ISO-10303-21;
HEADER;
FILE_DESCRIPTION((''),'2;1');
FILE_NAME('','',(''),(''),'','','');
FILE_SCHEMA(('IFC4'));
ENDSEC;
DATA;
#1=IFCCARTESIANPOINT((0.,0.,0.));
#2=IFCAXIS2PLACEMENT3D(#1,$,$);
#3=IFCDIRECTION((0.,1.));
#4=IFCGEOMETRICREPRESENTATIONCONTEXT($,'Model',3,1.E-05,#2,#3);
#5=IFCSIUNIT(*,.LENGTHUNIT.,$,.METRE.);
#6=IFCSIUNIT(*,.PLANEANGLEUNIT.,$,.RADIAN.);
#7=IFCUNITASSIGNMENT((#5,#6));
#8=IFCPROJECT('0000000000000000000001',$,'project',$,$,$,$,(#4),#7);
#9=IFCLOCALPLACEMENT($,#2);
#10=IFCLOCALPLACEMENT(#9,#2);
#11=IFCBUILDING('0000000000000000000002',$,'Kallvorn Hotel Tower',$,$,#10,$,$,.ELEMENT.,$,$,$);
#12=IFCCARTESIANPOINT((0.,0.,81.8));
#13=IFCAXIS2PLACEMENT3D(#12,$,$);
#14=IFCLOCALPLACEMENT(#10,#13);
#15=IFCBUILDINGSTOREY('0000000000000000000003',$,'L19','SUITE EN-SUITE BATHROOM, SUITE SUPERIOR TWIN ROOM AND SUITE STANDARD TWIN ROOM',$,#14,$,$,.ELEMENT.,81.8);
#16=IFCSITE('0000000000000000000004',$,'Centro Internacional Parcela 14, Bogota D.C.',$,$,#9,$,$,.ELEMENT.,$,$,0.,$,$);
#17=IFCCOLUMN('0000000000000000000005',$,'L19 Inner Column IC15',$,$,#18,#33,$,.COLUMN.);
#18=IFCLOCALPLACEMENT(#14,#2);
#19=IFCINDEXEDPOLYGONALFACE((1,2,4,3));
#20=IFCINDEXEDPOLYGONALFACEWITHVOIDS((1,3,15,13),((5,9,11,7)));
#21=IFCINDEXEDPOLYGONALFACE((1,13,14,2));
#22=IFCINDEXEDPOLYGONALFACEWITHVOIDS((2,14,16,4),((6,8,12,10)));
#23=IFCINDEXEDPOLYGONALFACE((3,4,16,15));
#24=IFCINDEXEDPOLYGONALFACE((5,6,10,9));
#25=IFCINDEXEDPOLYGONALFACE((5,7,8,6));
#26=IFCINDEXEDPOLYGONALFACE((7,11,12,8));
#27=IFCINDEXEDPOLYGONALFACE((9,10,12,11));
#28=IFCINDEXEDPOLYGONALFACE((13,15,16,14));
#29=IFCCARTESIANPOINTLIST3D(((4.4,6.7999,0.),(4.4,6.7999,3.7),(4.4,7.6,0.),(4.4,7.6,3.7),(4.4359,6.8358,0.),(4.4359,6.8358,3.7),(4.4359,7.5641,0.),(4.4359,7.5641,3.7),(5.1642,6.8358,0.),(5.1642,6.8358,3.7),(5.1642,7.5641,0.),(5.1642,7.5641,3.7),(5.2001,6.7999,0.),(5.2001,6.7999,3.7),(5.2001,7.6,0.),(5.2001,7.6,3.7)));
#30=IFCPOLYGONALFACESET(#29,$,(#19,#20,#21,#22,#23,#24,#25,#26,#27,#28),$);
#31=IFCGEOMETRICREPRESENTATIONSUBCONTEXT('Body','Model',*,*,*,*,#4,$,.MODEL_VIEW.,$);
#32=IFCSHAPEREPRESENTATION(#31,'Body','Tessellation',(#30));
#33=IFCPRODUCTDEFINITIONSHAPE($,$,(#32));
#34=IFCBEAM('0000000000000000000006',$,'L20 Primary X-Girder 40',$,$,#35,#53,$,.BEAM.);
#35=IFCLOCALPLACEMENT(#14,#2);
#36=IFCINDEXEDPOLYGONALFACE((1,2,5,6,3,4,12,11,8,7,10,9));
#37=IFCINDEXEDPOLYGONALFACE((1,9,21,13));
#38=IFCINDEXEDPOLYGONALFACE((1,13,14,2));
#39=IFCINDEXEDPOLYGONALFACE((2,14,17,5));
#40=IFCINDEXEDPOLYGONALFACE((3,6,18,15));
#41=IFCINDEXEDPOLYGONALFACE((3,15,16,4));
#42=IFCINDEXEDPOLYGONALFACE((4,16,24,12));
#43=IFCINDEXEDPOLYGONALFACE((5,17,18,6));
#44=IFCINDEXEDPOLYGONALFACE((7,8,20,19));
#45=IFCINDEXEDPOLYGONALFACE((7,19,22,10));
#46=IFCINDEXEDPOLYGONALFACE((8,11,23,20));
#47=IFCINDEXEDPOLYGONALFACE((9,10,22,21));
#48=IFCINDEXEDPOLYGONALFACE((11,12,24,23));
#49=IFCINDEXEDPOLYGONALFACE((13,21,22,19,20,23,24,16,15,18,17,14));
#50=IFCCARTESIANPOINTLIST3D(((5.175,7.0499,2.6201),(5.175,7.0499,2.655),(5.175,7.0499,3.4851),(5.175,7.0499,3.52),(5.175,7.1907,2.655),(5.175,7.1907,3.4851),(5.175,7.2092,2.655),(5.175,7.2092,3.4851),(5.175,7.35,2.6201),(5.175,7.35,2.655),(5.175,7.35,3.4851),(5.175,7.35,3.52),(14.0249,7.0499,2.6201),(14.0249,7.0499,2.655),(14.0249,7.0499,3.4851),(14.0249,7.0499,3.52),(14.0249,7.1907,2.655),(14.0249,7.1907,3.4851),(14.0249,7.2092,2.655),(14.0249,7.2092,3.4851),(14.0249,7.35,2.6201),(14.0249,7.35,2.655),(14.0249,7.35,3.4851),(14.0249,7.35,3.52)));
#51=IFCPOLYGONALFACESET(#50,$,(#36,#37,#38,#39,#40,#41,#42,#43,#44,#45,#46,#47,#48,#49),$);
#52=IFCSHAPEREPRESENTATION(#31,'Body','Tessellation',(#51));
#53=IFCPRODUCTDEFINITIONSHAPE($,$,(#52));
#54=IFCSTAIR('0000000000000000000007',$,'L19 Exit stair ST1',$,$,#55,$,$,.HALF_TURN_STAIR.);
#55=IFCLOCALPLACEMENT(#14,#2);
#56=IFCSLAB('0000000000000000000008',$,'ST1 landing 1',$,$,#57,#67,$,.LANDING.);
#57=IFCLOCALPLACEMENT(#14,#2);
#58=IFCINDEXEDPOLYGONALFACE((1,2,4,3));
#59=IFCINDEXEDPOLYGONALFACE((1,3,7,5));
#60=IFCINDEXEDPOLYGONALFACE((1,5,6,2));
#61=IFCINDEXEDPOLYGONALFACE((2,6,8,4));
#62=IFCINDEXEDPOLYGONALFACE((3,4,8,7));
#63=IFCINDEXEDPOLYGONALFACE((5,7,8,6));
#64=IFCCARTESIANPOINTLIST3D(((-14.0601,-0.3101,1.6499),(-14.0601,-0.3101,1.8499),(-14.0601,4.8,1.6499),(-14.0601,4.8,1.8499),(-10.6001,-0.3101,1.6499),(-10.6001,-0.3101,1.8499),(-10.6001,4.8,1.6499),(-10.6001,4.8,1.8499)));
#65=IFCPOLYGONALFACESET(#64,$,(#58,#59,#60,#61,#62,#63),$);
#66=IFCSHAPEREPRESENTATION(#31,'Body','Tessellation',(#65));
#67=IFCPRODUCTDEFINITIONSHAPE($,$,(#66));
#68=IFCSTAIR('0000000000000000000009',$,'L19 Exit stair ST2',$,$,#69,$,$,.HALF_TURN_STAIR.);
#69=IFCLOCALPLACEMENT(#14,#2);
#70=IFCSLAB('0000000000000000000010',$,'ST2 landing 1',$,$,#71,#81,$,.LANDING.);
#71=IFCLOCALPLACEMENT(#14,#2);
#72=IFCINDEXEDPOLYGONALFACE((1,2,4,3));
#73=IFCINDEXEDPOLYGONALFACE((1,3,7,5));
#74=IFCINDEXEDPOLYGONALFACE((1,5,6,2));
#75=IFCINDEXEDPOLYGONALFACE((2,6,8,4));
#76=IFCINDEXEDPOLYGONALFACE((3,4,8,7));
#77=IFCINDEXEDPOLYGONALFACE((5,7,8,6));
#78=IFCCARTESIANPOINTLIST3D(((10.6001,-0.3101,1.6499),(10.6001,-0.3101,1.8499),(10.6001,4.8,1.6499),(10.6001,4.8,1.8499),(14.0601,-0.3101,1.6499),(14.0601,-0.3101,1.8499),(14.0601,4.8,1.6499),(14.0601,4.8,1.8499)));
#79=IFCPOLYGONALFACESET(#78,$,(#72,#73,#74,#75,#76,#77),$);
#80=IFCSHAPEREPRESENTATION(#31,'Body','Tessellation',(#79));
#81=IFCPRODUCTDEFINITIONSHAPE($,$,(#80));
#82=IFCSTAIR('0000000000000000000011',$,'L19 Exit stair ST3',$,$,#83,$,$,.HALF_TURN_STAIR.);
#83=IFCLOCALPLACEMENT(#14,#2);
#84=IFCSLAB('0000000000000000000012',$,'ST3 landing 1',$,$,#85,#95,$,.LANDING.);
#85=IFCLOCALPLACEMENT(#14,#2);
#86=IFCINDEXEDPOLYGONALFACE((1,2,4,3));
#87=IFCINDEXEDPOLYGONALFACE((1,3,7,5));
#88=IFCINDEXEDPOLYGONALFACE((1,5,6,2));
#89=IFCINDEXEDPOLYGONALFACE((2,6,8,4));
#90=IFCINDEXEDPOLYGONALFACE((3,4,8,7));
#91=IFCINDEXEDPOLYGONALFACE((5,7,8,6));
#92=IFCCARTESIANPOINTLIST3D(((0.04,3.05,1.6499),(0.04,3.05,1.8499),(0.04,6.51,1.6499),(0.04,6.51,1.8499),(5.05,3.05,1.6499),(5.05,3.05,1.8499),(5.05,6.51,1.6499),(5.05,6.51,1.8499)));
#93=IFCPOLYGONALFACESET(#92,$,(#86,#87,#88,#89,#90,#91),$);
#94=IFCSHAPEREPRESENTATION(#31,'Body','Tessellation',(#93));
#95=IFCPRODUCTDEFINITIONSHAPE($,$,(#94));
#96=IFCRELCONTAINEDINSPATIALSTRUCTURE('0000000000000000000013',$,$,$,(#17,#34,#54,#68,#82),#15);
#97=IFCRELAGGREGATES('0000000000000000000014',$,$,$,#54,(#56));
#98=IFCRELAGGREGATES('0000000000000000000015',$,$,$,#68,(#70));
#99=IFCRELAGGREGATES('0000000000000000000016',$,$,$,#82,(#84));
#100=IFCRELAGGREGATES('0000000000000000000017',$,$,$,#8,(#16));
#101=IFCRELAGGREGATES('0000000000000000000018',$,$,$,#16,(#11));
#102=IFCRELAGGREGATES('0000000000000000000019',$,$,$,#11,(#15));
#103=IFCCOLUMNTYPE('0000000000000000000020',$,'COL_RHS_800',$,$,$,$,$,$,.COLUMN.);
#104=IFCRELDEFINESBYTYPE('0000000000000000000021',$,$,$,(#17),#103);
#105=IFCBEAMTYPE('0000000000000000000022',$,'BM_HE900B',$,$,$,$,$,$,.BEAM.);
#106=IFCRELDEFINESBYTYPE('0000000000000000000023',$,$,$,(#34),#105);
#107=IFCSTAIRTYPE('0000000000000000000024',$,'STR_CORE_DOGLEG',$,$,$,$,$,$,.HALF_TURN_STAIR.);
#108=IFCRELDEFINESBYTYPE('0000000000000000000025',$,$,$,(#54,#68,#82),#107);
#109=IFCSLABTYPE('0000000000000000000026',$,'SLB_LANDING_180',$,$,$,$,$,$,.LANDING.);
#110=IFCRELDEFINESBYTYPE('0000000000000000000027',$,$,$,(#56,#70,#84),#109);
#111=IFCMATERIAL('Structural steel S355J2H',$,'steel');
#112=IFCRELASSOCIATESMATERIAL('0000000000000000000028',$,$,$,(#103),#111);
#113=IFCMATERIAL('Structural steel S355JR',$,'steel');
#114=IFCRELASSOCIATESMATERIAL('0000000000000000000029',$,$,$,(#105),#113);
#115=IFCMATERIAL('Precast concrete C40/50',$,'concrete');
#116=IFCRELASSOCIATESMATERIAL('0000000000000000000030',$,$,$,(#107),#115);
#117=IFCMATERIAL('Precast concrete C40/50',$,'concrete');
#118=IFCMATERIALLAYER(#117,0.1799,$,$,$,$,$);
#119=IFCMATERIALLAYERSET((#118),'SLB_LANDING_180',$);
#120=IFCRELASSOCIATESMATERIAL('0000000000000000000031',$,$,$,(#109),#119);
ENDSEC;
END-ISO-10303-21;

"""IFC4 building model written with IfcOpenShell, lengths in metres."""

from ifc_helpers import new_model, si_unit, direction, frame, origin, origin_2d, place, context, subcontext, project, spatial, polyline, hollow_rectangle, i_section, outline, extrude, material, layer, layer_set, material_profile, profile_set, type_object, element, aggregate, save


model = new_model("IFC4")

# Units and contexts
model_context = context("Model", 3, precision=1e-05, world=origin(), true_north=direction((0.0, 1.0)))
body_context = subcontext(model_context, "Body", "Model", "MODEL_VIEW")
ifc_project = project(units=[si_unit("LENGTHUNIT", "METRE"), si_unit("PLANEANGLEUNIT", "RADIAN")], contexts=[model_context])

# Site, building, storey
site_placement = place(None, origin())
site = spatial("IfcSite", under=ifc_project, at=site_placement, Name="Centro Internacional Parcela 14, Bogota D.C.", CompositionType="ELEMENT", RefElevation=0.0)
building_placement = place(site_placement, origin())
building = spatial("IfcBuilding", under=site, at=building_placement, Name="Kallvorn Hotel Tower", CompositionType="ELEMENT")
storey_placement = place(building_placement, frame((0.0, 0.0, 81.8)))
storey = spatial("IfcBuildingStorey", under=building, at=storey_placement, Name="L19", Description="SUITE EN-SUITE BATHROOM, SUITE SUPERIOR TWIN ROOM AND SUITE STANDARD TWIN ROOM", CompositionType="ELEMENT", Elevation=81.8)

# Column
ifc_material_1 = material(Name="Structural steel S355J2H", Category="steel")
ifc_material_profile_1 = material_profile(ifc_material_1, hollow_rectangle(XDim=0.8, YDim=0.8, WallThickness=0.0359, at=origin_2d()), Name="RHS 800x800x36")
ifc_profile_set_1 = profile_set([ifc_material_profile_1], Name="Structural steel S355J2H")
column_type = type_object("IfcColumnType", Name="COL_RHS_800", PredefinedType="COLUMN", material=ifc_profile_set_1)
column_placement = place(storey_placement, frame((4.8, 7.2, 0.0), z_axis=(0.0, 0.0, 1.0), x_axis=(1.0, 0.0, 0.0)))
element("IfcColumn", 1, at=column_placement, inside=storey, type_object=column_type, Name="L19 Inner Column IC15", PredefinedType="COLUMN", context=body_context, shape_type="SweptSolid", body=[
    extrude(hollow_rectangle(XDim=0.8, YDim=0.8, WallThickness=0.0359, at=origin_2d()), origin(), (0.0, 0.0, 1.0), 3.7),
])

# Beam
ifc_material_2 = material(Name="Structural steel S355JR", Category="steel")
ifc_material_profile_2 = material_profile(ifc_material_2, i_section(OverallWidth=0.3, OverallDepth=0.8999, WebThickness=0.0186, FlangeThickness=0.0349, at=origin_2d()), Name="HE 900 B")
ifc_profile_set_2 = profile_set([ifc_material_profile_2], Name="Structural steel S355JR")
beam_type = type_object("IfcBeamType", Name="BM_HE900B", PredefinedType="BEAM", material=ifc_profile_set_2)
beam_placement = place(storey_placement, frame((5.175, 7.2, 3.0701), z_axis=(1.0, 0.0, 0.0), x_axis=(0.0, 1.0, 0.0)))
element("IfcBeam", 2, at=beam_placement, inside=storey, type_object=beam_type, Name="L20 Primary X-Girder 40", PredefinedType="BEAM", context=body_context, shape_type="SweptSolid", body=[
    extrude(i_section(OverallWidth=0.3, OverallDepth=0.8999, WebThickness=0.0186, FlangeThickness=0.0349, at=origin_2d()), origin(), (0.0, 0.0, 1.0), 8.8499),
])

# Stairs, slabs
ifc_material_3 = material(Name="Precast concrete C40/50", Category="concrete")
stair_type = type_object("IfcStairType", Name="STR_CORE_DOGLEG", PredefinedType="HALF_TURN_STAIR", material=ifc_material_3)
stair_1_placement = place(storey_placement, origin())
stair_1 = element("IfcStair", 3, at=stair_1_placement, inside=storey, type_object=stair_type, Name="L19 Exit stair ST1", PredefinedType="HALF_TURN_STAIR")
ifc_material_4 = material(Name="Precast concrete C40/50", Category="concrete")
ifc_layer_1 = layer(ifc_material_4, 0.1799)
ifc_layer_set_1 = layer_set([ifc_layer_1], Name="SLB_LANDING_180")
slab_type_1 = type_object("IfcSlabType", Name="SLB_LANDING_180", PredefinedType="LANDING", material=ifc_layer_set_1)
slab_1_placement = place(storey_placement, frame((0.0, 0.0, 1.6499)))
slab_1 = element("IfcSlab", 4, at=slab_1_placement, type_object=slab_type_1, Name="ST1 landing 1", PredefinedType="LANDING", context=body_context, shape_type="SweptSolid", body=[
    extrude(outline(polyline([(-10.6001, -0.3101), (-10.6001, 4.8), (-14.0601, 4.8), (-14.0601, -0.3101), (-10.6001, -0.3101)])), origin(), (0.0, 0.0, 1.0), 0.2),
])
aggregate(stair_1, [slab_1])
stair_2_placement = place(storey_placement, origin())
stair_2 = element("IfcStair", 5, at=stair_2_placement, inside=storey, type_object=stair_type, Name="L19 Exit stair ST2", PredefinedType="HALF_TURN_STAIR")
slab_2_placement = place(storey_placement, frame((0.0, 0.0, 1.6499)))
slab_2 = element("IfcSlab", 6, at=slab_2_placement, type_object=slab_type_1, Name="ST2 landing 1", PredefinedType="LANDING", context=body_context, shape_type="SweptSolid", body=[
    extrude(outline(polyline([(14.0601, -0.3101), (14.0601, 4.8), (10.6001, 4.8), (10.6001, -0.3101), (14.0601, -0.3101)])), origin(), (0.0, 0.0, 1.0), 0.2),
])
stair_3_placement = place(storey_placement, origin())
stair_3 = element("IfcStair", 7, at=stair_3_placement, inside=storey, type_object=stair_type, Name="L19 Exit stair ST3", PredefinedType="HALF_TURN_STAIR")
slab_3_placement = place(storey_placement, frame((0.0, 0.0, 1.6499)))
slab_3 = element("IfcSlab", 8, at=slab_3_placement, type_object=slab_type_1, Name="ST3 landing 1", PredefinedType="LANDING", context=body_context, shape_type="SweptSolid", body=[
    extrude(outline(polyline([(0.04, 3.05), (5.05, 3.05), (5.05, 6.51), (0.04, 6.51), (0.04, 3.05)])), origin(), (0.0, 0.0, 1.0), 0.2),
])

aggregate(stair_2, [slab_2])
aggregate(stair_3, [slab_3])

save(model, "model.ifc")
